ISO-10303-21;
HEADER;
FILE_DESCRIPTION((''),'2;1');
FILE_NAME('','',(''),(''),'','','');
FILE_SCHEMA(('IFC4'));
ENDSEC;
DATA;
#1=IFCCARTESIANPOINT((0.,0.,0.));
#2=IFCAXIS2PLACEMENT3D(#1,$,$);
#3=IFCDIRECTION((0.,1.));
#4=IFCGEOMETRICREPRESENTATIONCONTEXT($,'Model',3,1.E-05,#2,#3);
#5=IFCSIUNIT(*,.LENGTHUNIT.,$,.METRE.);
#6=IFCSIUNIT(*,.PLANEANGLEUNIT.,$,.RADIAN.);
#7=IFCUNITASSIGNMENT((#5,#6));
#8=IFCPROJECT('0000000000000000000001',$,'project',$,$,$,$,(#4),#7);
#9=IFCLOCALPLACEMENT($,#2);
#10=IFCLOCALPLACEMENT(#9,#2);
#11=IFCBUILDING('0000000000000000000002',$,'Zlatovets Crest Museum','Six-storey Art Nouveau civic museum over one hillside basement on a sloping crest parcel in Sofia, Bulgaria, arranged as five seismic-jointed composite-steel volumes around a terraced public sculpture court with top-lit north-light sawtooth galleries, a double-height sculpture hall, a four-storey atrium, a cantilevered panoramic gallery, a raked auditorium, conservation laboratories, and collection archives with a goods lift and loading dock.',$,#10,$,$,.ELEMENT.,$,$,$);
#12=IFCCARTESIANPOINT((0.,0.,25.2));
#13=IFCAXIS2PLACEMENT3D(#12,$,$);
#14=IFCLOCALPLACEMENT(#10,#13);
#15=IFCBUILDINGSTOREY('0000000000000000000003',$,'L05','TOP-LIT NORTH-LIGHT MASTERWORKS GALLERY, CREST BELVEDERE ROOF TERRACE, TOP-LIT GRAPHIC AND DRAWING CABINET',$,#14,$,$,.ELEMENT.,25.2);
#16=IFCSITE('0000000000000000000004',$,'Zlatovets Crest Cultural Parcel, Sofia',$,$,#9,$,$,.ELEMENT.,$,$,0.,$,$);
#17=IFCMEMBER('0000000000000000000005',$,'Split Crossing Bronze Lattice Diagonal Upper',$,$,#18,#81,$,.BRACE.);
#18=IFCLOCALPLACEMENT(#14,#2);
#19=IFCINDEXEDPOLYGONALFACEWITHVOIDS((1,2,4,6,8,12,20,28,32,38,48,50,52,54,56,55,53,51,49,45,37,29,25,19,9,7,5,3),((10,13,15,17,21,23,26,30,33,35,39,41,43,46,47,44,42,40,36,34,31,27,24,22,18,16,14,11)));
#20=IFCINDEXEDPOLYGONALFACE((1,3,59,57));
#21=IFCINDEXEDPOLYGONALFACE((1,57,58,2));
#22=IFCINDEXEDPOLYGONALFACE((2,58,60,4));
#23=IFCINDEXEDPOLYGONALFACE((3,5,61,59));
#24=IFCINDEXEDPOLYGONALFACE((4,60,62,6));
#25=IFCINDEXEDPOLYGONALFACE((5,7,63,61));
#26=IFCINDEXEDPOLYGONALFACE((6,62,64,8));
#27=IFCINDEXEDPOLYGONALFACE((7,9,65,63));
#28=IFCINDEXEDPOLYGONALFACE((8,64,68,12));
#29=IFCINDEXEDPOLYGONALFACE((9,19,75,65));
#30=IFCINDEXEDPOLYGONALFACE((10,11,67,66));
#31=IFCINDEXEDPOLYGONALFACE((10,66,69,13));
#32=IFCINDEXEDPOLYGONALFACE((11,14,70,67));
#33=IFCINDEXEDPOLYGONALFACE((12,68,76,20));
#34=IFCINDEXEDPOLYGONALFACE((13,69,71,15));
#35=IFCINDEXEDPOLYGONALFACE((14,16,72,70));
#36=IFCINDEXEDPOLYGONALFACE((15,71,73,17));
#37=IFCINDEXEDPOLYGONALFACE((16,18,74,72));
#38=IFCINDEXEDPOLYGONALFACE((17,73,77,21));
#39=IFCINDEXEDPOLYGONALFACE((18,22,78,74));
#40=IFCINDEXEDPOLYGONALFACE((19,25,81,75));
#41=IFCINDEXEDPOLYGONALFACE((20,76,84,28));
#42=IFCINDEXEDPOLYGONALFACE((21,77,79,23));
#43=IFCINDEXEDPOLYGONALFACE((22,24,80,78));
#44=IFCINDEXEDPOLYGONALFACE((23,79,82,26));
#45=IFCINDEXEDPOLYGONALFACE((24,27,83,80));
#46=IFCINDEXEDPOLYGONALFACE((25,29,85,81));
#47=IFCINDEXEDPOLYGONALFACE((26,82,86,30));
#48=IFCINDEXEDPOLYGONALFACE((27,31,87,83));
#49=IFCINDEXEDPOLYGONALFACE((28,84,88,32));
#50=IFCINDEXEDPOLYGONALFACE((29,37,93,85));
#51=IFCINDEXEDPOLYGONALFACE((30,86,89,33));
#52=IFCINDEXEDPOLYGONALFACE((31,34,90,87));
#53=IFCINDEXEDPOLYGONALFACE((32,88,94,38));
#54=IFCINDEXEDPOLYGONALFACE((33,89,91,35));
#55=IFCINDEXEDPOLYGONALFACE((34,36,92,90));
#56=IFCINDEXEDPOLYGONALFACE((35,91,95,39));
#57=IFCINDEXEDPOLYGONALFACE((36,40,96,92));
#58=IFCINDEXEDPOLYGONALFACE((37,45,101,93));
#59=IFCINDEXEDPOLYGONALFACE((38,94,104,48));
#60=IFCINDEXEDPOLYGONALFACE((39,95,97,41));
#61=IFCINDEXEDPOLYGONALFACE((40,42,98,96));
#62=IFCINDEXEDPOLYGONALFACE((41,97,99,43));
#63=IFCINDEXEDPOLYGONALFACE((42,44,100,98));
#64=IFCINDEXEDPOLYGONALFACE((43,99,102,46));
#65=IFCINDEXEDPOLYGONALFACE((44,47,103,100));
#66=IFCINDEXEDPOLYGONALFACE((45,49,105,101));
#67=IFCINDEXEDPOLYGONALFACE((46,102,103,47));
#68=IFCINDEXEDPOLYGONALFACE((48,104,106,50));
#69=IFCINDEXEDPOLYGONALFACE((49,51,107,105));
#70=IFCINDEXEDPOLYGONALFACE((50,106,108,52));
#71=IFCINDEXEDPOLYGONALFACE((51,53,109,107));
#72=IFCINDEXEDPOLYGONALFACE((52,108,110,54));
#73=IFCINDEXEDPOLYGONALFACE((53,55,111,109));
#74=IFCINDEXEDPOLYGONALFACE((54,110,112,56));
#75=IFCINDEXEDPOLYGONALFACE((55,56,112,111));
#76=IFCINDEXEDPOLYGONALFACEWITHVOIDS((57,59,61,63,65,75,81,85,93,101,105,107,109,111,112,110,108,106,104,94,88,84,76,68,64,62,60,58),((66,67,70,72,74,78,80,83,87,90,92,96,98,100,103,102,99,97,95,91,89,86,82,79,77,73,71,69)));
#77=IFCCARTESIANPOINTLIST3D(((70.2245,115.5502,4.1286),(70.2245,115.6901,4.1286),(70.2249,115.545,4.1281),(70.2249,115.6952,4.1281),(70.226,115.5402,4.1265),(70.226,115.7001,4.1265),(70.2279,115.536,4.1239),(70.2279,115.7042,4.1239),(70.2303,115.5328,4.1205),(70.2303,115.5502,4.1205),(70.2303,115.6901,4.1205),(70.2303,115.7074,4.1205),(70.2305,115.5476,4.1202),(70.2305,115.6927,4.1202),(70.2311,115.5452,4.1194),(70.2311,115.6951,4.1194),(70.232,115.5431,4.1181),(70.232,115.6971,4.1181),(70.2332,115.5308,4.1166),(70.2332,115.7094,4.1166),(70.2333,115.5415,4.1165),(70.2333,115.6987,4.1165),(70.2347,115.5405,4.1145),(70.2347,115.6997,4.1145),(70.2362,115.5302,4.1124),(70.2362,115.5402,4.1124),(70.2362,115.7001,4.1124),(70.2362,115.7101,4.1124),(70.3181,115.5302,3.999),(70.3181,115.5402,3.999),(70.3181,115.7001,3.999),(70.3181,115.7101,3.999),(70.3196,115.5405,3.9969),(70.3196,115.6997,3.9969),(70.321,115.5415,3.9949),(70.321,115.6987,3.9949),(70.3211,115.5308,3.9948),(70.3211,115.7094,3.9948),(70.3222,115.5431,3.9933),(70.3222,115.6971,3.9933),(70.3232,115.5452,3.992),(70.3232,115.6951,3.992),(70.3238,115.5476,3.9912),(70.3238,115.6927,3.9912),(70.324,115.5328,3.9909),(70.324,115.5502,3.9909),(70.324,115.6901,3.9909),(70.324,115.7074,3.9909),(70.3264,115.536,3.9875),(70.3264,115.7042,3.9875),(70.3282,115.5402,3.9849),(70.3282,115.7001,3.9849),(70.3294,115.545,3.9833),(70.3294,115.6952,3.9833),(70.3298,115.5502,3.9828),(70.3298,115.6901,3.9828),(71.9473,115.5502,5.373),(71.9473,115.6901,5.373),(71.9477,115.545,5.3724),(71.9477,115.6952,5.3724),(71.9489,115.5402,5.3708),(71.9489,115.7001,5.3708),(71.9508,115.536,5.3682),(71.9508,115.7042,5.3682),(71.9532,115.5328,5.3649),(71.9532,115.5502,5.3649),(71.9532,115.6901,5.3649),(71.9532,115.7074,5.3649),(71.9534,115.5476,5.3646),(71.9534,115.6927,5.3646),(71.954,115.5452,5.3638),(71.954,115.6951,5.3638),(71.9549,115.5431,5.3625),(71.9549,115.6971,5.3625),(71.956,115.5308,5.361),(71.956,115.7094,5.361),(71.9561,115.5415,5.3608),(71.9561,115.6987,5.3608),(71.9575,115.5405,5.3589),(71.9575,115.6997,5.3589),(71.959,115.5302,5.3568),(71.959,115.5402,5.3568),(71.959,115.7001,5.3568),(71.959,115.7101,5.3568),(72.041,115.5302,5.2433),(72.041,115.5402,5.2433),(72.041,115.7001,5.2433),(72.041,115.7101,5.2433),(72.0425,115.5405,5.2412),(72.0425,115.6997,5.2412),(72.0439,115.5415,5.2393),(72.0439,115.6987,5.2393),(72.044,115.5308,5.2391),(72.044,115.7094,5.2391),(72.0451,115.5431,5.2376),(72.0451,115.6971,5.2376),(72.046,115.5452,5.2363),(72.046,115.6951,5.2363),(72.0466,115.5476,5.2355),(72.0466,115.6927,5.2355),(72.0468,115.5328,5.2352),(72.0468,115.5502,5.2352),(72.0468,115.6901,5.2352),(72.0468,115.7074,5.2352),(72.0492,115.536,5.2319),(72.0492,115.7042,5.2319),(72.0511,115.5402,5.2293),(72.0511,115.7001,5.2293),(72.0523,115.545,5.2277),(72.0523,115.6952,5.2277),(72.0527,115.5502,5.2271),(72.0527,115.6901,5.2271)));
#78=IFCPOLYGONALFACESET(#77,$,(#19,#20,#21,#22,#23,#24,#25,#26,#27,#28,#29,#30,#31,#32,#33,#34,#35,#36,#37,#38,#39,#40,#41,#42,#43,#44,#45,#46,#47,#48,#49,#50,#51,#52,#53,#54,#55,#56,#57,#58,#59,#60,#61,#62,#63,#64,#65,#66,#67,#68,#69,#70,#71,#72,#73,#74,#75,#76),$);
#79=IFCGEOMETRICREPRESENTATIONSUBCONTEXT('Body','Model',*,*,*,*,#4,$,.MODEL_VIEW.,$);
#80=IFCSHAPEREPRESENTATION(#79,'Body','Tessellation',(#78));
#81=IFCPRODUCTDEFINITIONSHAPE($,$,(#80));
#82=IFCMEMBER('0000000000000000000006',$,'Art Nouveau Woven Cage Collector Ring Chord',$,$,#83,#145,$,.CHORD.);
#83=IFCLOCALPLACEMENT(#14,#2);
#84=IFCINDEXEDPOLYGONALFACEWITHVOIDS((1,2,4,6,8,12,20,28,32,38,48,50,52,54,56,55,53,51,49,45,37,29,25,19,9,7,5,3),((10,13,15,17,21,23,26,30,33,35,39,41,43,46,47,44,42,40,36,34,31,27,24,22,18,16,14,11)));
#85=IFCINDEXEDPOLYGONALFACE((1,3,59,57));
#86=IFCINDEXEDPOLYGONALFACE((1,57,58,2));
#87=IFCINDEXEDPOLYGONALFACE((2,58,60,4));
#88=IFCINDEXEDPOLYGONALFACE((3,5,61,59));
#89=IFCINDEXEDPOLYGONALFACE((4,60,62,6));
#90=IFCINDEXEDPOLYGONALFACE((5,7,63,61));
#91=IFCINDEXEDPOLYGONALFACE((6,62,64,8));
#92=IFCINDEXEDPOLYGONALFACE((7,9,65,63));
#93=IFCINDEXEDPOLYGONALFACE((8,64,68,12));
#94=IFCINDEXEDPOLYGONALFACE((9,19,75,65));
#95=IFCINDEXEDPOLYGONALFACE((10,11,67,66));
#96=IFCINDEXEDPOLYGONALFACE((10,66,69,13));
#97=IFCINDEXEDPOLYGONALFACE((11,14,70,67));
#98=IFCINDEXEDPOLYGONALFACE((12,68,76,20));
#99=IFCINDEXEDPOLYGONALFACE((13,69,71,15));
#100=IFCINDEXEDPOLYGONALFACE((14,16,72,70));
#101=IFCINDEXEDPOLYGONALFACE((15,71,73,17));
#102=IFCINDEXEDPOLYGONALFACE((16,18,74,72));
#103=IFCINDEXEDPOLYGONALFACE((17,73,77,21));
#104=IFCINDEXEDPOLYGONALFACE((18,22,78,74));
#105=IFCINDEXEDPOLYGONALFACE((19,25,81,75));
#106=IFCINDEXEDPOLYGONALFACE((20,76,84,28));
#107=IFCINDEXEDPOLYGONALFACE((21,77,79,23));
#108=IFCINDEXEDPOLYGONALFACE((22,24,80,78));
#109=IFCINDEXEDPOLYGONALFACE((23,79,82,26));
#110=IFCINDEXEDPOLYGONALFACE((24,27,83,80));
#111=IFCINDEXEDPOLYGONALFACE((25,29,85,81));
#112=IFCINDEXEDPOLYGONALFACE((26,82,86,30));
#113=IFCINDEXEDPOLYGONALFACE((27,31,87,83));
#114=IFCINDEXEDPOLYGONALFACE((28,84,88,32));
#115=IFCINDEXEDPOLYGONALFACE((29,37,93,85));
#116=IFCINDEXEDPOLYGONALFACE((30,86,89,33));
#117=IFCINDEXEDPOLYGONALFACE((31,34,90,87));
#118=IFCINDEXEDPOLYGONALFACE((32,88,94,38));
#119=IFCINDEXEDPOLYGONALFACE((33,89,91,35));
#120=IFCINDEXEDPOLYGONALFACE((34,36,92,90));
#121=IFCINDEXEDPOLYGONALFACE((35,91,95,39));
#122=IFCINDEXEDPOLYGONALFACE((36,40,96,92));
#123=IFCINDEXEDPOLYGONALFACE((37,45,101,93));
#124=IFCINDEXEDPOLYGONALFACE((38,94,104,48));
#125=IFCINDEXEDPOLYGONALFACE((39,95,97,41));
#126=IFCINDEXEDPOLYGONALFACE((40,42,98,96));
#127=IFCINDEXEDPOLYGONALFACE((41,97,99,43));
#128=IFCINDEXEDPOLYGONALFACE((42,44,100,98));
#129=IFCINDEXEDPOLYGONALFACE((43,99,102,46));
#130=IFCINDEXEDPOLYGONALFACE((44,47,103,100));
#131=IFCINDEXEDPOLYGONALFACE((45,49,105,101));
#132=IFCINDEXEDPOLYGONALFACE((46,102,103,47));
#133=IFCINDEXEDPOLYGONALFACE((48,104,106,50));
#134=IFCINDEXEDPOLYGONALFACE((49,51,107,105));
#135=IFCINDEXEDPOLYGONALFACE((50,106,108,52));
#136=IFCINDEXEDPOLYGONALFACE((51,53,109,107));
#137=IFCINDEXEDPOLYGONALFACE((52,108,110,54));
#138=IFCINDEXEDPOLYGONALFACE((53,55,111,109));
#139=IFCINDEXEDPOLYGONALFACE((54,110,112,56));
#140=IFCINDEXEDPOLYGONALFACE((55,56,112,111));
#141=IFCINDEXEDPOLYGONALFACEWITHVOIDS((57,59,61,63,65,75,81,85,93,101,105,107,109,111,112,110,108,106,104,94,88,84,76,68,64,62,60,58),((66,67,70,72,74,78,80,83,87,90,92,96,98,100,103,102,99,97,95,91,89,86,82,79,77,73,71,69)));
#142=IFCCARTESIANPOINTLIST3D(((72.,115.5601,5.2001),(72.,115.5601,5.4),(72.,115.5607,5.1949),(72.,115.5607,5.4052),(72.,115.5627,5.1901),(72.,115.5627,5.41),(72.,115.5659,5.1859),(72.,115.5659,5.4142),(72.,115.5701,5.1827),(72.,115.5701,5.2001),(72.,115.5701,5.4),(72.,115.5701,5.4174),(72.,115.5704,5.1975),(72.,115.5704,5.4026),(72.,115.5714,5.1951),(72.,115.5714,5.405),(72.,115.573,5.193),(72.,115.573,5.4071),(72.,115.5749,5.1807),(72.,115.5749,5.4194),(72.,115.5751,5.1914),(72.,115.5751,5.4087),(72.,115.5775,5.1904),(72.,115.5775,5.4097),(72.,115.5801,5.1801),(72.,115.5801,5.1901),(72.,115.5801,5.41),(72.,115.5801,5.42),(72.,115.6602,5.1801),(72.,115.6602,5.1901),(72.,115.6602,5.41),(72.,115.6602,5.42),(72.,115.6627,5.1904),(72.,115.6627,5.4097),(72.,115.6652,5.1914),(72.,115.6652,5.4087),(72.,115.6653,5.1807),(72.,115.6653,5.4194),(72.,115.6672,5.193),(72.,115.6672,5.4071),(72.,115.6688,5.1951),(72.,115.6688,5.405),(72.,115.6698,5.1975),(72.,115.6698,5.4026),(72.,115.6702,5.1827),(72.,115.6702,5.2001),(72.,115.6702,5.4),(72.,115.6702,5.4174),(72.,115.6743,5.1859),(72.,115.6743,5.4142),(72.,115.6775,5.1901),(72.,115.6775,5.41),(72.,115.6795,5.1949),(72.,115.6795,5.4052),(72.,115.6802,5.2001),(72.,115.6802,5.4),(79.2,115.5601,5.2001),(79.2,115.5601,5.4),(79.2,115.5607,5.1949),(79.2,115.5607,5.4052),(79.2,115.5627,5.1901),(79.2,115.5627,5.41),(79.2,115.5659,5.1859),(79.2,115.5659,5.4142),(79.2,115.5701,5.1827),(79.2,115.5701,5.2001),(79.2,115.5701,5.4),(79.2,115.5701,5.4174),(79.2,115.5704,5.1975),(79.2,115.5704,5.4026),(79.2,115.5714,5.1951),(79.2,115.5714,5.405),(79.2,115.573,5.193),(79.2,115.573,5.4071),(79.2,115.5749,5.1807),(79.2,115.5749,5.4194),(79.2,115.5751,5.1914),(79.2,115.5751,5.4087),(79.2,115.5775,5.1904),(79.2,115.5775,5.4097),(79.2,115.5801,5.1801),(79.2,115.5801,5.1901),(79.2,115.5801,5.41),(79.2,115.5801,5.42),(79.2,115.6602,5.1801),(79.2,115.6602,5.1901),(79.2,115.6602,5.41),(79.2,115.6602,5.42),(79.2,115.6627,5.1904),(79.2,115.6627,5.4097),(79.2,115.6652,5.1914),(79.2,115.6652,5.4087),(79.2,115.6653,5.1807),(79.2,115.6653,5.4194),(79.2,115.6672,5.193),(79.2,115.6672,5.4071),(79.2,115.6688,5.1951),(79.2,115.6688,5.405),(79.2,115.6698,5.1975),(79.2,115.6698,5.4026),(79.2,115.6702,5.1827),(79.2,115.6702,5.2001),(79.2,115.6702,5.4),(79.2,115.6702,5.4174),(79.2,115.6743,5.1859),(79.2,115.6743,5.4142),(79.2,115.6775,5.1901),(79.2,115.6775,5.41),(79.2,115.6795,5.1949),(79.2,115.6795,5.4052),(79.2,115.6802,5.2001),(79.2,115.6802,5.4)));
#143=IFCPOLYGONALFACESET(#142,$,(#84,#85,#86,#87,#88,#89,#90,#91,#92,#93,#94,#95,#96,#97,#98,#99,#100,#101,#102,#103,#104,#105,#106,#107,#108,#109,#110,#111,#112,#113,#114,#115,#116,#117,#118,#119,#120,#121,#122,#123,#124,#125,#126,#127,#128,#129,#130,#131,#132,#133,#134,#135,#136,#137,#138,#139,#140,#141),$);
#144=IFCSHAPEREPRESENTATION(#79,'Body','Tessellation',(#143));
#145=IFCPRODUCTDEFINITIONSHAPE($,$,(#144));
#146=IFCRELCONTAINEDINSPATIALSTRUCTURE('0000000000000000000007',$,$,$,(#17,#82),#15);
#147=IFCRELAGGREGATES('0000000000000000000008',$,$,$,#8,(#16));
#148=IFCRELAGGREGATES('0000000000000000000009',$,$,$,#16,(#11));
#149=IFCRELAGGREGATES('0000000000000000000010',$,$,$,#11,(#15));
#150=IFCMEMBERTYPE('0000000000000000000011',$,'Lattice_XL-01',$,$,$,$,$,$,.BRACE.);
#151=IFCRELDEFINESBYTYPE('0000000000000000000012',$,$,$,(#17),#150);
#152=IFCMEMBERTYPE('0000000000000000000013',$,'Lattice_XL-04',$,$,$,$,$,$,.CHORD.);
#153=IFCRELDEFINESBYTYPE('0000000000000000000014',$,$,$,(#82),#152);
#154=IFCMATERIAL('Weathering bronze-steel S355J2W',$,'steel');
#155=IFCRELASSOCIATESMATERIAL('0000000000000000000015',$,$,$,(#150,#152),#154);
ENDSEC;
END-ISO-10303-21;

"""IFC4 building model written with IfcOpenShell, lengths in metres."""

from ifc_helpers import new_model, si_unit, direction, frame, origin, origin_2d, place, context, subcontext, project, spatial, hollow_rectangle, extrude, material, material_profile, profile_set, type_object, element, save


model = new_model("IFC4")

# Units and contexts
model_context = context("Model", 3, precision=1e-05, world=origin(), true_north=direction((0.0, 1.0)))
body_context = subcontext(model_context, "Body", "Model", "MODEL_VIEW")
ifc_project = project(units=[si_unit("LENGTHUNIT", "METRE"), si_unit("PLANEANGLEUNIT", "RADIAN")], contexts=[model_context])

# Site, building, storey
site_placement = place(None, origin())
site = spatial("IfcSite", under=ifc_project, at=site_placement, Name="Zlatovets Crest Cultural Parcel, Sofia", CompositionType="ELEMENT", RefElevation=0.0)
building_placement = place(site_placement, origin())
building = spatial("IfcBuilding", under=site, at=building_placement, Name="Zlatovets Crest Museum", Description="Six-storey Art Nouveau civic museum over one hillside basement on a sloping crest parcel in Sofia, Bulgaria, arranged as five seismic-jointed composite-steel volumes around a terraced public sculpture court with top-lit north-light sawtooth galleries, a double-height sculpture hall, a four-storey atrium, a cantilevered panoramic gallery, a raked auditorium, conservation laboratories, and collection archives with a goods lift and loading dock.", CompositionType="ELEMENT")
storey_placement = place(building_placement, frame((0.0, 0.0, 25.2)))
storey = spatial("IfcBuildingStorey", under=building, at=storey_placement, Name="L05", Description="TOP-LIT NORTH-LIGHT MASTERWORKS GALLERY, CREST BELVEDERE ROOF TERRACE, TOP-LIT GRAPHIC AND DRAWING CABINET", CompositionType="ELEMENT", Elevation=25.2)

# Members
ifc_material_1 = material(Name="Weathering bronze-steel S355J2W", Category="steel")
ifc_material_profile_1 = material_profile(ifc_material_1, hollow_rectangle(XDim=0.1799, YDim=0.1799, WallThickness=0.01, InnerFilletRadius=0.01, OuterFilletRadius=0.02, at=origin_2d()), Name="SHS 180x180x10.0")
ifc_profile_set_1 = profile_set([ifc_material_profile_1], Name="Weathering bronze-steel S355J2W")
member_type_1 = type_object("IfcMemberType", Name="Lattice_XL-01", PredefinedType="BRACE", material=ifc_profile_set_1)
member_1_placement = place(storey_placement, frame((72.0, 115.6201, 5.3), z_axis=(-0.810664, 0.0, -0.585512), x_axis=(0.0, -1.0, 0.0)))
element("IfcMember", 1, at=member_1_placement, inside=storey, type_object=member_type_1, Name="Split Crossing Bronze Lattice Diagonal Upper", PredefinedType="BRACE", context=body_context, shape_type="SweptSolid", body=[
    extrude(hollow_rectangle(XDim=0.1799, YDim=0.1799, WallThickness=0.01, InnerFilletRadius=0.01, OuterFilletRadius=0.02, at=origin_2d()), origin(), (0.0, 0.0, 1.0), 2.1252),
])
ifc_material_profile_2 = material_profile(ifc_material_1, hollow_rectangle(XDim=0.1201, YDim=0.24, WallThickness=0.01, InnerFilletRadius=0.01, OuterFilletRadius=0.02, at=origin_2d()), Name="RHS 120x240x10.0")
ifc_profile_set_2 = profile_set([ifc_material_profile_2], Name="Weathering bronze-steel S355J2W")
member_type_2 = type_object("IfcMemberType", Name="Lattice_XL-04", PredefinedType="CHORD", material=ifc_profile_set_2)
for number, where, z_axis, x_axis, name in (
    (2, (79.2, 115.6201, 5.3), (-1.0, 0.0, 0.0), (0.0, -1.0, 0.0), "Art Nouveau Woven Cage Collector Ring Chord"),
):
    element("IfcMember", number, at=place(storey_placement, frame(where, z_axis=z_axis, x_axis=x_axis)), inside=storey, type_object=member_type_2, Name=name, PredefinedType="CHORD", context=body_context, shape_type="SweptSolid", body=[
        extrude(hollow_rectangle(XDim=0.1201, YDim=0.24, WallThickness=0.01, InnerFilletRadius=0.01, OuterFilletRadius=0.02, at=origin_2d()), origin(), (0.0, 0.0, 1.0), 7.2),
    ])

save(model, "model.ifc")
